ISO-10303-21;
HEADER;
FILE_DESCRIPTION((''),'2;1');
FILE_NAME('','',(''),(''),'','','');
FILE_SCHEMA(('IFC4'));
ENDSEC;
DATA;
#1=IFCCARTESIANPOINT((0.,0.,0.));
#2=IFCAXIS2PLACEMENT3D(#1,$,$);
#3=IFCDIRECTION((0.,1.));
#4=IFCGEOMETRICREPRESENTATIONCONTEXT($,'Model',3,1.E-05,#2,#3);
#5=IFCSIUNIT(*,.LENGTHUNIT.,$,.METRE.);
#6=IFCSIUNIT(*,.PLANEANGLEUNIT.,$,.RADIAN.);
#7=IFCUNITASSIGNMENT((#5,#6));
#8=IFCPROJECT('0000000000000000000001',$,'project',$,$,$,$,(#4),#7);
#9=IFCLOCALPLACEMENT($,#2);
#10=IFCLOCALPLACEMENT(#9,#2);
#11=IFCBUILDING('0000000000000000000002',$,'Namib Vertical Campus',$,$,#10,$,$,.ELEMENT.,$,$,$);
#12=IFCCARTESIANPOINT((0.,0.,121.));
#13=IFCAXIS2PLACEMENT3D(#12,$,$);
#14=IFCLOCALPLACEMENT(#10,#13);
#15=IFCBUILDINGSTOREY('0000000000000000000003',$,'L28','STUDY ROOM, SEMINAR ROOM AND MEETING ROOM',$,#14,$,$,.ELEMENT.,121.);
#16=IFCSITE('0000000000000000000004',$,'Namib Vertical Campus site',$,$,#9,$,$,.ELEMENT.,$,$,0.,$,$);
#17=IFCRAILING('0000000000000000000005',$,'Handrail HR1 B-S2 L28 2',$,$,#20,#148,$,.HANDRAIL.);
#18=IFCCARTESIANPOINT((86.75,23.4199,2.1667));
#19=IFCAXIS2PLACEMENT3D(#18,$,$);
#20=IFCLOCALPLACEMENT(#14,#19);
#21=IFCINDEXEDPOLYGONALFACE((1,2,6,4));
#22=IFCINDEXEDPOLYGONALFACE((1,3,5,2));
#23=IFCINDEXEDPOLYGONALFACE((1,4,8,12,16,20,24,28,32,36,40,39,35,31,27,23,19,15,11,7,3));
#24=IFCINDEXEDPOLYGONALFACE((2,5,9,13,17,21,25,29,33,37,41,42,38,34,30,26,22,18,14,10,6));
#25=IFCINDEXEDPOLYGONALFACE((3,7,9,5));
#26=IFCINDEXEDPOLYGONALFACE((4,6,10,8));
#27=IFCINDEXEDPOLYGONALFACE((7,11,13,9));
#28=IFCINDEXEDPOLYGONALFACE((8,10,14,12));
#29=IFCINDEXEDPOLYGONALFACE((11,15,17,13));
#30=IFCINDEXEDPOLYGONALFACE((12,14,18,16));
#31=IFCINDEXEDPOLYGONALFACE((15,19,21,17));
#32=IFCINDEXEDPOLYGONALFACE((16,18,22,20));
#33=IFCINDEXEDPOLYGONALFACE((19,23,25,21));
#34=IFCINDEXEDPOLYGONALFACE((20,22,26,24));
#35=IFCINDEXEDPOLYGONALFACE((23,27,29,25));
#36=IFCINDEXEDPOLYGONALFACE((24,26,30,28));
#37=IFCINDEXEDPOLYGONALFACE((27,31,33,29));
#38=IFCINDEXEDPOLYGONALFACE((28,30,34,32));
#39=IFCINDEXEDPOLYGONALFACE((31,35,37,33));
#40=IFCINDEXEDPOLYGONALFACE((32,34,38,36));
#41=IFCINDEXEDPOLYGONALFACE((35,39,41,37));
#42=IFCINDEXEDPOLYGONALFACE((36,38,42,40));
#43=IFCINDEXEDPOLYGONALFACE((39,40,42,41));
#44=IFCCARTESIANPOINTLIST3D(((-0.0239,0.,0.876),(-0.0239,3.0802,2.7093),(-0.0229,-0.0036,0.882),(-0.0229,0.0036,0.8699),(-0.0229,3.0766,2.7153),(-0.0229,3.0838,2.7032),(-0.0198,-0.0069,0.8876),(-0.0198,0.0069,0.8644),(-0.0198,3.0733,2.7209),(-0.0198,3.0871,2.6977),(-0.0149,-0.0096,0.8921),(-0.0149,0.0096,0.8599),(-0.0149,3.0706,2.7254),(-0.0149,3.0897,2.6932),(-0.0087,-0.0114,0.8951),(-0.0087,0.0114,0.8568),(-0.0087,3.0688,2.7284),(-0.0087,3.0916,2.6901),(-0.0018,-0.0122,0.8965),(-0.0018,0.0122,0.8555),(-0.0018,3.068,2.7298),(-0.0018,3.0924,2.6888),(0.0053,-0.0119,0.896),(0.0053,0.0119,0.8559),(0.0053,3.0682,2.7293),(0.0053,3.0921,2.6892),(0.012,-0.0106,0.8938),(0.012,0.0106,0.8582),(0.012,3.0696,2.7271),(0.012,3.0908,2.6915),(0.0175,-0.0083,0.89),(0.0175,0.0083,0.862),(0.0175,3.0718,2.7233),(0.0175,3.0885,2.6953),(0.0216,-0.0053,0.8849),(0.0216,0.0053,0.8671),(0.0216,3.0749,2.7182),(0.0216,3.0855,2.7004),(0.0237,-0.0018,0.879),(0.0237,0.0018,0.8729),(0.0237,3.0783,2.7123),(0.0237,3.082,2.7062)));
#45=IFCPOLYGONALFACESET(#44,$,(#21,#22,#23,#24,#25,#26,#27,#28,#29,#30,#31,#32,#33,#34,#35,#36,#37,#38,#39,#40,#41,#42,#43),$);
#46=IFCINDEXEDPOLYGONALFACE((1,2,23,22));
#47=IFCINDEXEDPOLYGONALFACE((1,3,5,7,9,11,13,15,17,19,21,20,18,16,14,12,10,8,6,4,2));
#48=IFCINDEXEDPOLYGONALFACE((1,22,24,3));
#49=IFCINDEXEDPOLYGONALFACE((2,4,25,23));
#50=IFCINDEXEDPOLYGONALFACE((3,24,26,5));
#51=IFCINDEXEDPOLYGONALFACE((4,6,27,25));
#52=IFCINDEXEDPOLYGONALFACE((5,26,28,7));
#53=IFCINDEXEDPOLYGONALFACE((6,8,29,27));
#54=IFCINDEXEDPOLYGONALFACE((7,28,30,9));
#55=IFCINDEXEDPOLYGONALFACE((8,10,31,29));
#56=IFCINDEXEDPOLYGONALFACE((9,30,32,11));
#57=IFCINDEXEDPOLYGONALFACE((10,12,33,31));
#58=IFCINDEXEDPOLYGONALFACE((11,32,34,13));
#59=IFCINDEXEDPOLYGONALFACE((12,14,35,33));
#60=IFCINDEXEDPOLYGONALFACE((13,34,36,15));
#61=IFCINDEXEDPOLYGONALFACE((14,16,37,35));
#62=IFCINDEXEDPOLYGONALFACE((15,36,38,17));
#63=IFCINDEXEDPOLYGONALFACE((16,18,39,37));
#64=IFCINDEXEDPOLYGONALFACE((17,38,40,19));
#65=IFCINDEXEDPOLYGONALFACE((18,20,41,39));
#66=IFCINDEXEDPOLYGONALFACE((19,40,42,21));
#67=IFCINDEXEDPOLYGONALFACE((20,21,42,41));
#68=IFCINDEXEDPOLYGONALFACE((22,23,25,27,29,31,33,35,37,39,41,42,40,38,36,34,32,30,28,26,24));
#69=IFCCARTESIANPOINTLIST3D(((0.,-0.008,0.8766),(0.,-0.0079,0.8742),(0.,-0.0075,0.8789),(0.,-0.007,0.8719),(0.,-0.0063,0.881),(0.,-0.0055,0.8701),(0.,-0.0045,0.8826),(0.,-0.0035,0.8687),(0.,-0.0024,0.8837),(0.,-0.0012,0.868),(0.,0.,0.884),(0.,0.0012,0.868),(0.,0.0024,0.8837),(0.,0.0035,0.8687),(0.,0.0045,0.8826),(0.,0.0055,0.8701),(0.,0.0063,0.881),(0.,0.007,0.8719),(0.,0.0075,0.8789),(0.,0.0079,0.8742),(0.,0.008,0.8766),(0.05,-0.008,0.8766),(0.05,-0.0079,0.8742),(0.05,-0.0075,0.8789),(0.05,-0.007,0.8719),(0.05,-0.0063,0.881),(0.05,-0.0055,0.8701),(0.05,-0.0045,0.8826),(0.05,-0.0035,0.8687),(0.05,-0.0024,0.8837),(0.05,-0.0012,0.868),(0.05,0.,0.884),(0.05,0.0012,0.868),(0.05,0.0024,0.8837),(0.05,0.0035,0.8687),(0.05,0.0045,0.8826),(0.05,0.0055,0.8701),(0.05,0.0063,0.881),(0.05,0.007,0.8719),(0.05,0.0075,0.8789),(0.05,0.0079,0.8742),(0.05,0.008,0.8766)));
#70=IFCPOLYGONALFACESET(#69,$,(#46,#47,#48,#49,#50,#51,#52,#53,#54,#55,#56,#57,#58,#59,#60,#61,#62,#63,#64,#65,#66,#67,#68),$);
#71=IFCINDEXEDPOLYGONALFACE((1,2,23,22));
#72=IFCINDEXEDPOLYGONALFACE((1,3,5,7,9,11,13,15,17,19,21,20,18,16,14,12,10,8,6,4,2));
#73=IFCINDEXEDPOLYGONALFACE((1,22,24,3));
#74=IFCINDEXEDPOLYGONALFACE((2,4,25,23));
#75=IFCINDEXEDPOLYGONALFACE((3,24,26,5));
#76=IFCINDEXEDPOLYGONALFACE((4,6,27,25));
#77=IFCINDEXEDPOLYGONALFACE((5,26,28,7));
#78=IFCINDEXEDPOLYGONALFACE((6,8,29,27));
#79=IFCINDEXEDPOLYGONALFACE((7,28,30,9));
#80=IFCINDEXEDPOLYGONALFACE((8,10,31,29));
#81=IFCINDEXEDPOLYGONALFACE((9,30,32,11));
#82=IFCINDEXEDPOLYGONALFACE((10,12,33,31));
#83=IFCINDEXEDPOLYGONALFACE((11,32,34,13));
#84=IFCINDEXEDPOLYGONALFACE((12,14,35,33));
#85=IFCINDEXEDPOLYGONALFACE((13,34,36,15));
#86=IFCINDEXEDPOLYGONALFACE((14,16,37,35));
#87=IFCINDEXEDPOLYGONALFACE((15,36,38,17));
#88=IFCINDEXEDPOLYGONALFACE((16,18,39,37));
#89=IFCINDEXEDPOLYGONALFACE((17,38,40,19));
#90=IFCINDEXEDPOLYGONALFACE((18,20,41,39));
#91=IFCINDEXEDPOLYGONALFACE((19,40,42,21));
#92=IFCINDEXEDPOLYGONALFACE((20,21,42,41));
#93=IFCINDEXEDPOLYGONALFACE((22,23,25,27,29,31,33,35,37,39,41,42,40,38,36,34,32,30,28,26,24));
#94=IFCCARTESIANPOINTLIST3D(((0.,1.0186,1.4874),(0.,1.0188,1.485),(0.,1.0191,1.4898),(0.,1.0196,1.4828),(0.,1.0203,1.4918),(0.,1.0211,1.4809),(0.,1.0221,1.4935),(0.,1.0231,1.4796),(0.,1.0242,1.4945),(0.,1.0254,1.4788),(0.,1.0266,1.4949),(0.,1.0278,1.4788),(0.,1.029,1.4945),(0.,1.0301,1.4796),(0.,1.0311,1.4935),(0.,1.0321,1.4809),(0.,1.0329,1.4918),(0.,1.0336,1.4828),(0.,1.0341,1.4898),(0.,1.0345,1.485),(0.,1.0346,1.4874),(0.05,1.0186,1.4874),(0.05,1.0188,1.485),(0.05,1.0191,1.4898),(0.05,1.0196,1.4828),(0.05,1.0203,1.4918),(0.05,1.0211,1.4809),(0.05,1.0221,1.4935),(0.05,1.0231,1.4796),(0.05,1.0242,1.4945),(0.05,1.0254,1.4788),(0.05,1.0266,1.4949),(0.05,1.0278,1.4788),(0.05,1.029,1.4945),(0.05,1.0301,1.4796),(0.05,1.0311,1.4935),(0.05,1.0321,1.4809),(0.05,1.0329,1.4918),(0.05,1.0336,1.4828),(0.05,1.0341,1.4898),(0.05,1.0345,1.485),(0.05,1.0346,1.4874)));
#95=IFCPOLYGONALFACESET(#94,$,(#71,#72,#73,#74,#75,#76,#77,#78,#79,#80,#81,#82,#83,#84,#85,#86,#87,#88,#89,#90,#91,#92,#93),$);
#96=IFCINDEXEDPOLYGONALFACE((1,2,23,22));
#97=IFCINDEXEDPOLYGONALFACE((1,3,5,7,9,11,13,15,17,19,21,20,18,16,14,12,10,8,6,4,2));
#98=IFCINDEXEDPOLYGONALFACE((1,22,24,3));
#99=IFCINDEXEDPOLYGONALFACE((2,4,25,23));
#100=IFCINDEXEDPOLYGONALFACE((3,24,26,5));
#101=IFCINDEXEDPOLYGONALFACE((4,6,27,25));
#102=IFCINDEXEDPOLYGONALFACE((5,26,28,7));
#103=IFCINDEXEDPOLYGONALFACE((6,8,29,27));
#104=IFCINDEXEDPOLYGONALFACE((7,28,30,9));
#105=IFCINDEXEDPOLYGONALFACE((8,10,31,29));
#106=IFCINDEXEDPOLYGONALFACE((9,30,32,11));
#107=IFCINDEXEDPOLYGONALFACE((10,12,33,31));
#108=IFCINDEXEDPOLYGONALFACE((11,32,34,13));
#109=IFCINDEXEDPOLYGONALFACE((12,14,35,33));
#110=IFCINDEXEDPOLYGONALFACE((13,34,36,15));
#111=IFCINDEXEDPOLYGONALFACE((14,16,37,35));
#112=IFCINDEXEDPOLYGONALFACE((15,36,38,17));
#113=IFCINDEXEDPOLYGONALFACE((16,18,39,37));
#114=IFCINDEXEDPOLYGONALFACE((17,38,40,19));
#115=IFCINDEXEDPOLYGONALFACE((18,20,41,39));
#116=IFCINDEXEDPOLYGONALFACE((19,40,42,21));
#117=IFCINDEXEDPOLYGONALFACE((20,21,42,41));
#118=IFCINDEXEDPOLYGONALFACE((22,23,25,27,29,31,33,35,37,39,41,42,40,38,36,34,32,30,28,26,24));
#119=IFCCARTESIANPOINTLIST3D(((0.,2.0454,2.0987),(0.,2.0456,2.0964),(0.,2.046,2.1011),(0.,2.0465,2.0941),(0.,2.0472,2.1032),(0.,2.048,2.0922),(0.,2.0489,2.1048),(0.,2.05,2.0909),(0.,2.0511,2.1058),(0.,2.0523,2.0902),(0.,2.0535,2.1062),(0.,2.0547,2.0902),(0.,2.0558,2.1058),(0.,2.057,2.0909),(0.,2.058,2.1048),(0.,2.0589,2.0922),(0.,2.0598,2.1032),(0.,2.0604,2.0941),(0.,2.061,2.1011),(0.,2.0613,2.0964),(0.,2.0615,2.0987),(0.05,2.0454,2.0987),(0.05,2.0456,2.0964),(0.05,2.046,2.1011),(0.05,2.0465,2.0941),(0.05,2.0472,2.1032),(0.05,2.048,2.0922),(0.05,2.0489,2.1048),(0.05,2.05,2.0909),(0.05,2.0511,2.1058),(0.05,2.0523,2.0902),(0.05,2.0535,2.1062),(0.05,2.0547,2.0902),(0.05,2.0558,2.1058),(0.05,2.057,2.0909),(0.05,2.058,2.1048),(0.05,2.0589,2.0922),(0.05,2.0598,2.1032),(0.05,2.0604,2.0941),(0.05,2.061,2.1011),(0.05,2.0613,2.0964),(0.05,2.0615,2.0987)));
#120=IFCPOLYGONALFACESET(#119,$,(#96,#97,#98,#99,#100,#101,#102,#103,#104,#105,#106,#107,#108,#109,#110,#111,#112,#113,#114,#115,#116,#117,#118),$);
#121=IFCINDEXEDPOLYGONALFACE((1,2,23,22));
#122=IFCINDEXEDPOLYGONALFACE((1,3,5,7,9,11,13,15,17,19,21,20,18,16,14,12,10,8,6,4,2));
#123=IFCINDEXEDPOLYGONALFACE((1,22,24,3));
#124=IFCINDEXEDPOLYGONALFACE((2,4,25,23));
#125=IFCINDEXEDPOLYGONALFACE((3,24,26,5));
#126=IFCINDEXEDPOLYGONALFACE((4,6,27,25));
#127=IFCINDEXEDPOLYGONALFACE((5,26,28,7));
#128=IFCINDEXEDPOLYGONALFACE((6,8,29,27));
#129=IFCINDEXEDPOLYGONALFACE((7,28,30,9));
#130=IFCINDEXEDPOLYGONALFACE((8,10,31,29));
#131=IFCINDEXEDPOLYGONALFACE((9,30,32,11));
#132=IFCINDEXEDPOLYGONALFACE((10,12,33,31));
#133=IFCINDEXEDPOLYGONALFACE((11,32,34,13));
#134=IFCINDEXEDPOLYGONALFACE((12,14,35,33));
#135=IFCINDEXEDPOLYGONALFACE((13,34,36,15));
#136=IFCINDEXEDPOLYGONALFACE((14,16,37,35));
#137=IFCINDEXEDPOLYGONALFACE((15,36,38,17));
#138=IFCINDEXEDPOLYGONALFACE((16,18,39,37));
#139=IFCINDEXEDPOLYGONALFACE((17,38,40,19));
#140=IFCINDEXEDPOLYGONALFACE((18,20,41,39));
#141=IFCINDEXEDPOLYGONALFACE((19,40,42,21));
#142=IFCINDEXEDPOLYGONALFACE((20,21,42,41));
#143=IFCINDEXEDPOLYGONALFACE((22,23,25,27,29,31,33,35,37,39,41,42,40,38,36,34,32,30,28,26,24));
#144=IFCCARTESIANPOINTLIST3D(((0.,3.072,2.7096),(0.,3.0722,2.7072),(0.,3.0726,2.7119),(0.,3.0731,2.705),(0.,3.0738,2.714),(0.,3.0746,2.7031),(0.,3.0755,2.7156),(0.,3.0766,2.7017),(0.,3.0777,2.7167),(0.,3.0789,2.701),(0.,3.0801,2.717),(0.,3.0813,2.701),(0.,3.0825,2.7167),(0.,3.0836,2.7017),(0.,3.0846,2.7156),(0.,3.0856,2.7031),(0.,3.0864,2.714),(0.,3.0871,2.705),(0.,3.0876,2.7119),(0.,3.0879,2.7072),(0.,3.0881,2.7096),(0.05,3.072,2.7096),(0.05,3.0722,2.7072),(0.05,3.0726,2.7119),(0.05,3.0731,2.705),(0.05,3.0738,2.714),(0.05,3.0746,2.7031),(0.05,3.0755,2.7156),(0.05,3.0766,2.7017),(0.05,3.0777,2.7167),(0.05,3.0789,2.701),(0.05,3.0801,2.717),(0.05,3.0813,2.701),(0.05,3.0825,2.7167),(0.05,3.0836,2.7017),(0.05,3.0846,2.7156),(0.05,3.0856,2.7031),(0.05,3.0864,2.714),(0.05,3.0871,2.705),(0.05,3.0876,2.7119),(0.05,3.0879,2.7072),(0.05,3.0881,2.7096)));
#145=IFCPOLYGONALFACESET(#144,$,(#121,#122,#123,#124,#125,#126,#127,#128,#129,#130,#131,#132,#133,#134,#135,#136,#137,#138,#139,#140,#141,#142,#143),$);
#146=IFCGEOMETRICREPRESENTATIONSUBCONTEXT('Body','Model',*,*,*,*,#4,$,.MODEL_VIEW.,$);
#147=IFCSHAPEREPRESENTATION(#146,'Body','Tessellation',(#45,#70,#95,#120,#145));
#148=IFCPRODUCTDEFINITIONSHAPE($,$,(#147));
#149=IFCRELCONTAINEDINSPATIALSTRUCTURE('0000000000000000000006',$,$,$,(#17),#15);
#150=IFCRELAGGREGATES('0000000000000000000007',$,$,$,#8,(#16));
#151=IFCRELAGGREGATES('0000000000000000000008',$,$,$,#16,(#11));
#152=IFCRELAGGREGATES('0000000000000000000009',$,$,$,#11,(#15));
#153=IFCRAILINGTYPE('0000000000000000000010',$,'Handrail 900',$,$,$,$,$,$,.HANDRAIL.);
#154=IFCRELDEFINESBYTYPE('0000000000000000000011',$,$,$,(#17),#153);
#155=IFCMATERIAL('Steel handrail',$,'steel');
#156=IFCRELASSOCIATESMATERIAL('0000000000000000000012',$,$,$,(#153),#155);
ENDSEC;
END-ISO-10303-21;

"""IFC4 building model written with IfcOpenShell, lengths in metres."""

from ifc_helpers import new_model, si_unit, direction, frame, origin, origin_2d, place, context, subcontext, project, spatial, circle, extrude, material, type_object, element, save


model = new_model("IFC4")

# Units and contexts
model_context = context("Model", 3, precision=1e-05, world=origin(), true_north=direction((0.0, 1.0)))
body_context = subcontext(model_context, "Body", "Model", "MODEL_VIEW")
ifc_project = project(units=[si_unit("LENGTHUNIT", "METRE"), si_unit("PLANEANGLEUNIT", "RADIAN")], contexts=[model_context])

# Site, building, storey
site_placement = place(None, origin())
site = spatial("IfcSite", under=ifc_project, at=site_placement, Name="Namib Vertical Campus site", CompositionType="ELEMENT", RefElevation=0.0)
building_placement = place(site_placement, origin())
building = spatial("IfcBuilding", under=site, at=building_placement, Name="Namib Vertical Campus", CompositionType="ELEMENT")
storey_placement = place(building_placement, frame((0.0, 0.0, 121.0)))
storey = spatial("IfcBuildingStorey", under=building, at=storey_placement, Name="L28", Description="STUDY ROOM, SEMINAR ROOM AND MEETING ROOM", CompositionType="ELEMENT", Elevation=121.0)

# Railing
ifc_material_1 = material(Name="Steel handrail", Category="steel")
railing_type_1 = type_object("IfcRailingType", Name="Handrail 900", PredefinedType="HANDRAIL", material=ifc_material_1)
railing_1_placement = place(storey_placement, frame((86.75, 23.4199, 2.1667)))
element("IfcRailing", 1, at=railing_1_placement, inside=storey, type_object=railing_type_1, Name="Handrail HR1 B-S2 L28 2", PredefinedType="HANDRAIL", context=body_context, shape_type="SweptSolid", body=[
    extrude(circle(Radius=0.0239, at=origin_2d()), frame((0.0, 0.0, 0.876), z_axis=(0.0, 0.859309, 0.511458), x_axis=(-1.0, 0.0, 0.0)), (0.0, 0.0, 1.0), 3.5845),
    extrude(circle(Radius=0.0081, at=origin_2d()), frame((0.0, 0.0, 0.876), z_axis=(1.0, 0.0, 0.0), x_axis=(0.0, 0.0, 1.0)), (0.0, 0.0, 1.0), 0.05),
    extrude(circle(Radius=0.0081, at=origin_2d()), frame((0.0, 1.0266, 1.4868), z_axis=(1.0, 0.0, 0.0), x_axis=(0.0, 0.0, 1.0)), (0.0, 0.0, 1.0), 0.05),
    extrude(circle(Radius=0.0081, at=origin_2d()), frame((0.0, 2.0535, 2.0981), z_axis=(1.0, 0.0, 0.0), x_axis=(0.0, 0.0, 1.0)), (0.0, 0.0, 1.0), 0.05),
    extrude(circle(Radius=0.0081, at=origin_2d()), frame((0.0, 3.0801, 2.709), z_axis=(1.0, 0.0, 0.0), x_axis=(0.0, 0.0, 1.0)), (0.0, 0.0, 1.0), 0.05),
])

save(model, "model.ifc")
